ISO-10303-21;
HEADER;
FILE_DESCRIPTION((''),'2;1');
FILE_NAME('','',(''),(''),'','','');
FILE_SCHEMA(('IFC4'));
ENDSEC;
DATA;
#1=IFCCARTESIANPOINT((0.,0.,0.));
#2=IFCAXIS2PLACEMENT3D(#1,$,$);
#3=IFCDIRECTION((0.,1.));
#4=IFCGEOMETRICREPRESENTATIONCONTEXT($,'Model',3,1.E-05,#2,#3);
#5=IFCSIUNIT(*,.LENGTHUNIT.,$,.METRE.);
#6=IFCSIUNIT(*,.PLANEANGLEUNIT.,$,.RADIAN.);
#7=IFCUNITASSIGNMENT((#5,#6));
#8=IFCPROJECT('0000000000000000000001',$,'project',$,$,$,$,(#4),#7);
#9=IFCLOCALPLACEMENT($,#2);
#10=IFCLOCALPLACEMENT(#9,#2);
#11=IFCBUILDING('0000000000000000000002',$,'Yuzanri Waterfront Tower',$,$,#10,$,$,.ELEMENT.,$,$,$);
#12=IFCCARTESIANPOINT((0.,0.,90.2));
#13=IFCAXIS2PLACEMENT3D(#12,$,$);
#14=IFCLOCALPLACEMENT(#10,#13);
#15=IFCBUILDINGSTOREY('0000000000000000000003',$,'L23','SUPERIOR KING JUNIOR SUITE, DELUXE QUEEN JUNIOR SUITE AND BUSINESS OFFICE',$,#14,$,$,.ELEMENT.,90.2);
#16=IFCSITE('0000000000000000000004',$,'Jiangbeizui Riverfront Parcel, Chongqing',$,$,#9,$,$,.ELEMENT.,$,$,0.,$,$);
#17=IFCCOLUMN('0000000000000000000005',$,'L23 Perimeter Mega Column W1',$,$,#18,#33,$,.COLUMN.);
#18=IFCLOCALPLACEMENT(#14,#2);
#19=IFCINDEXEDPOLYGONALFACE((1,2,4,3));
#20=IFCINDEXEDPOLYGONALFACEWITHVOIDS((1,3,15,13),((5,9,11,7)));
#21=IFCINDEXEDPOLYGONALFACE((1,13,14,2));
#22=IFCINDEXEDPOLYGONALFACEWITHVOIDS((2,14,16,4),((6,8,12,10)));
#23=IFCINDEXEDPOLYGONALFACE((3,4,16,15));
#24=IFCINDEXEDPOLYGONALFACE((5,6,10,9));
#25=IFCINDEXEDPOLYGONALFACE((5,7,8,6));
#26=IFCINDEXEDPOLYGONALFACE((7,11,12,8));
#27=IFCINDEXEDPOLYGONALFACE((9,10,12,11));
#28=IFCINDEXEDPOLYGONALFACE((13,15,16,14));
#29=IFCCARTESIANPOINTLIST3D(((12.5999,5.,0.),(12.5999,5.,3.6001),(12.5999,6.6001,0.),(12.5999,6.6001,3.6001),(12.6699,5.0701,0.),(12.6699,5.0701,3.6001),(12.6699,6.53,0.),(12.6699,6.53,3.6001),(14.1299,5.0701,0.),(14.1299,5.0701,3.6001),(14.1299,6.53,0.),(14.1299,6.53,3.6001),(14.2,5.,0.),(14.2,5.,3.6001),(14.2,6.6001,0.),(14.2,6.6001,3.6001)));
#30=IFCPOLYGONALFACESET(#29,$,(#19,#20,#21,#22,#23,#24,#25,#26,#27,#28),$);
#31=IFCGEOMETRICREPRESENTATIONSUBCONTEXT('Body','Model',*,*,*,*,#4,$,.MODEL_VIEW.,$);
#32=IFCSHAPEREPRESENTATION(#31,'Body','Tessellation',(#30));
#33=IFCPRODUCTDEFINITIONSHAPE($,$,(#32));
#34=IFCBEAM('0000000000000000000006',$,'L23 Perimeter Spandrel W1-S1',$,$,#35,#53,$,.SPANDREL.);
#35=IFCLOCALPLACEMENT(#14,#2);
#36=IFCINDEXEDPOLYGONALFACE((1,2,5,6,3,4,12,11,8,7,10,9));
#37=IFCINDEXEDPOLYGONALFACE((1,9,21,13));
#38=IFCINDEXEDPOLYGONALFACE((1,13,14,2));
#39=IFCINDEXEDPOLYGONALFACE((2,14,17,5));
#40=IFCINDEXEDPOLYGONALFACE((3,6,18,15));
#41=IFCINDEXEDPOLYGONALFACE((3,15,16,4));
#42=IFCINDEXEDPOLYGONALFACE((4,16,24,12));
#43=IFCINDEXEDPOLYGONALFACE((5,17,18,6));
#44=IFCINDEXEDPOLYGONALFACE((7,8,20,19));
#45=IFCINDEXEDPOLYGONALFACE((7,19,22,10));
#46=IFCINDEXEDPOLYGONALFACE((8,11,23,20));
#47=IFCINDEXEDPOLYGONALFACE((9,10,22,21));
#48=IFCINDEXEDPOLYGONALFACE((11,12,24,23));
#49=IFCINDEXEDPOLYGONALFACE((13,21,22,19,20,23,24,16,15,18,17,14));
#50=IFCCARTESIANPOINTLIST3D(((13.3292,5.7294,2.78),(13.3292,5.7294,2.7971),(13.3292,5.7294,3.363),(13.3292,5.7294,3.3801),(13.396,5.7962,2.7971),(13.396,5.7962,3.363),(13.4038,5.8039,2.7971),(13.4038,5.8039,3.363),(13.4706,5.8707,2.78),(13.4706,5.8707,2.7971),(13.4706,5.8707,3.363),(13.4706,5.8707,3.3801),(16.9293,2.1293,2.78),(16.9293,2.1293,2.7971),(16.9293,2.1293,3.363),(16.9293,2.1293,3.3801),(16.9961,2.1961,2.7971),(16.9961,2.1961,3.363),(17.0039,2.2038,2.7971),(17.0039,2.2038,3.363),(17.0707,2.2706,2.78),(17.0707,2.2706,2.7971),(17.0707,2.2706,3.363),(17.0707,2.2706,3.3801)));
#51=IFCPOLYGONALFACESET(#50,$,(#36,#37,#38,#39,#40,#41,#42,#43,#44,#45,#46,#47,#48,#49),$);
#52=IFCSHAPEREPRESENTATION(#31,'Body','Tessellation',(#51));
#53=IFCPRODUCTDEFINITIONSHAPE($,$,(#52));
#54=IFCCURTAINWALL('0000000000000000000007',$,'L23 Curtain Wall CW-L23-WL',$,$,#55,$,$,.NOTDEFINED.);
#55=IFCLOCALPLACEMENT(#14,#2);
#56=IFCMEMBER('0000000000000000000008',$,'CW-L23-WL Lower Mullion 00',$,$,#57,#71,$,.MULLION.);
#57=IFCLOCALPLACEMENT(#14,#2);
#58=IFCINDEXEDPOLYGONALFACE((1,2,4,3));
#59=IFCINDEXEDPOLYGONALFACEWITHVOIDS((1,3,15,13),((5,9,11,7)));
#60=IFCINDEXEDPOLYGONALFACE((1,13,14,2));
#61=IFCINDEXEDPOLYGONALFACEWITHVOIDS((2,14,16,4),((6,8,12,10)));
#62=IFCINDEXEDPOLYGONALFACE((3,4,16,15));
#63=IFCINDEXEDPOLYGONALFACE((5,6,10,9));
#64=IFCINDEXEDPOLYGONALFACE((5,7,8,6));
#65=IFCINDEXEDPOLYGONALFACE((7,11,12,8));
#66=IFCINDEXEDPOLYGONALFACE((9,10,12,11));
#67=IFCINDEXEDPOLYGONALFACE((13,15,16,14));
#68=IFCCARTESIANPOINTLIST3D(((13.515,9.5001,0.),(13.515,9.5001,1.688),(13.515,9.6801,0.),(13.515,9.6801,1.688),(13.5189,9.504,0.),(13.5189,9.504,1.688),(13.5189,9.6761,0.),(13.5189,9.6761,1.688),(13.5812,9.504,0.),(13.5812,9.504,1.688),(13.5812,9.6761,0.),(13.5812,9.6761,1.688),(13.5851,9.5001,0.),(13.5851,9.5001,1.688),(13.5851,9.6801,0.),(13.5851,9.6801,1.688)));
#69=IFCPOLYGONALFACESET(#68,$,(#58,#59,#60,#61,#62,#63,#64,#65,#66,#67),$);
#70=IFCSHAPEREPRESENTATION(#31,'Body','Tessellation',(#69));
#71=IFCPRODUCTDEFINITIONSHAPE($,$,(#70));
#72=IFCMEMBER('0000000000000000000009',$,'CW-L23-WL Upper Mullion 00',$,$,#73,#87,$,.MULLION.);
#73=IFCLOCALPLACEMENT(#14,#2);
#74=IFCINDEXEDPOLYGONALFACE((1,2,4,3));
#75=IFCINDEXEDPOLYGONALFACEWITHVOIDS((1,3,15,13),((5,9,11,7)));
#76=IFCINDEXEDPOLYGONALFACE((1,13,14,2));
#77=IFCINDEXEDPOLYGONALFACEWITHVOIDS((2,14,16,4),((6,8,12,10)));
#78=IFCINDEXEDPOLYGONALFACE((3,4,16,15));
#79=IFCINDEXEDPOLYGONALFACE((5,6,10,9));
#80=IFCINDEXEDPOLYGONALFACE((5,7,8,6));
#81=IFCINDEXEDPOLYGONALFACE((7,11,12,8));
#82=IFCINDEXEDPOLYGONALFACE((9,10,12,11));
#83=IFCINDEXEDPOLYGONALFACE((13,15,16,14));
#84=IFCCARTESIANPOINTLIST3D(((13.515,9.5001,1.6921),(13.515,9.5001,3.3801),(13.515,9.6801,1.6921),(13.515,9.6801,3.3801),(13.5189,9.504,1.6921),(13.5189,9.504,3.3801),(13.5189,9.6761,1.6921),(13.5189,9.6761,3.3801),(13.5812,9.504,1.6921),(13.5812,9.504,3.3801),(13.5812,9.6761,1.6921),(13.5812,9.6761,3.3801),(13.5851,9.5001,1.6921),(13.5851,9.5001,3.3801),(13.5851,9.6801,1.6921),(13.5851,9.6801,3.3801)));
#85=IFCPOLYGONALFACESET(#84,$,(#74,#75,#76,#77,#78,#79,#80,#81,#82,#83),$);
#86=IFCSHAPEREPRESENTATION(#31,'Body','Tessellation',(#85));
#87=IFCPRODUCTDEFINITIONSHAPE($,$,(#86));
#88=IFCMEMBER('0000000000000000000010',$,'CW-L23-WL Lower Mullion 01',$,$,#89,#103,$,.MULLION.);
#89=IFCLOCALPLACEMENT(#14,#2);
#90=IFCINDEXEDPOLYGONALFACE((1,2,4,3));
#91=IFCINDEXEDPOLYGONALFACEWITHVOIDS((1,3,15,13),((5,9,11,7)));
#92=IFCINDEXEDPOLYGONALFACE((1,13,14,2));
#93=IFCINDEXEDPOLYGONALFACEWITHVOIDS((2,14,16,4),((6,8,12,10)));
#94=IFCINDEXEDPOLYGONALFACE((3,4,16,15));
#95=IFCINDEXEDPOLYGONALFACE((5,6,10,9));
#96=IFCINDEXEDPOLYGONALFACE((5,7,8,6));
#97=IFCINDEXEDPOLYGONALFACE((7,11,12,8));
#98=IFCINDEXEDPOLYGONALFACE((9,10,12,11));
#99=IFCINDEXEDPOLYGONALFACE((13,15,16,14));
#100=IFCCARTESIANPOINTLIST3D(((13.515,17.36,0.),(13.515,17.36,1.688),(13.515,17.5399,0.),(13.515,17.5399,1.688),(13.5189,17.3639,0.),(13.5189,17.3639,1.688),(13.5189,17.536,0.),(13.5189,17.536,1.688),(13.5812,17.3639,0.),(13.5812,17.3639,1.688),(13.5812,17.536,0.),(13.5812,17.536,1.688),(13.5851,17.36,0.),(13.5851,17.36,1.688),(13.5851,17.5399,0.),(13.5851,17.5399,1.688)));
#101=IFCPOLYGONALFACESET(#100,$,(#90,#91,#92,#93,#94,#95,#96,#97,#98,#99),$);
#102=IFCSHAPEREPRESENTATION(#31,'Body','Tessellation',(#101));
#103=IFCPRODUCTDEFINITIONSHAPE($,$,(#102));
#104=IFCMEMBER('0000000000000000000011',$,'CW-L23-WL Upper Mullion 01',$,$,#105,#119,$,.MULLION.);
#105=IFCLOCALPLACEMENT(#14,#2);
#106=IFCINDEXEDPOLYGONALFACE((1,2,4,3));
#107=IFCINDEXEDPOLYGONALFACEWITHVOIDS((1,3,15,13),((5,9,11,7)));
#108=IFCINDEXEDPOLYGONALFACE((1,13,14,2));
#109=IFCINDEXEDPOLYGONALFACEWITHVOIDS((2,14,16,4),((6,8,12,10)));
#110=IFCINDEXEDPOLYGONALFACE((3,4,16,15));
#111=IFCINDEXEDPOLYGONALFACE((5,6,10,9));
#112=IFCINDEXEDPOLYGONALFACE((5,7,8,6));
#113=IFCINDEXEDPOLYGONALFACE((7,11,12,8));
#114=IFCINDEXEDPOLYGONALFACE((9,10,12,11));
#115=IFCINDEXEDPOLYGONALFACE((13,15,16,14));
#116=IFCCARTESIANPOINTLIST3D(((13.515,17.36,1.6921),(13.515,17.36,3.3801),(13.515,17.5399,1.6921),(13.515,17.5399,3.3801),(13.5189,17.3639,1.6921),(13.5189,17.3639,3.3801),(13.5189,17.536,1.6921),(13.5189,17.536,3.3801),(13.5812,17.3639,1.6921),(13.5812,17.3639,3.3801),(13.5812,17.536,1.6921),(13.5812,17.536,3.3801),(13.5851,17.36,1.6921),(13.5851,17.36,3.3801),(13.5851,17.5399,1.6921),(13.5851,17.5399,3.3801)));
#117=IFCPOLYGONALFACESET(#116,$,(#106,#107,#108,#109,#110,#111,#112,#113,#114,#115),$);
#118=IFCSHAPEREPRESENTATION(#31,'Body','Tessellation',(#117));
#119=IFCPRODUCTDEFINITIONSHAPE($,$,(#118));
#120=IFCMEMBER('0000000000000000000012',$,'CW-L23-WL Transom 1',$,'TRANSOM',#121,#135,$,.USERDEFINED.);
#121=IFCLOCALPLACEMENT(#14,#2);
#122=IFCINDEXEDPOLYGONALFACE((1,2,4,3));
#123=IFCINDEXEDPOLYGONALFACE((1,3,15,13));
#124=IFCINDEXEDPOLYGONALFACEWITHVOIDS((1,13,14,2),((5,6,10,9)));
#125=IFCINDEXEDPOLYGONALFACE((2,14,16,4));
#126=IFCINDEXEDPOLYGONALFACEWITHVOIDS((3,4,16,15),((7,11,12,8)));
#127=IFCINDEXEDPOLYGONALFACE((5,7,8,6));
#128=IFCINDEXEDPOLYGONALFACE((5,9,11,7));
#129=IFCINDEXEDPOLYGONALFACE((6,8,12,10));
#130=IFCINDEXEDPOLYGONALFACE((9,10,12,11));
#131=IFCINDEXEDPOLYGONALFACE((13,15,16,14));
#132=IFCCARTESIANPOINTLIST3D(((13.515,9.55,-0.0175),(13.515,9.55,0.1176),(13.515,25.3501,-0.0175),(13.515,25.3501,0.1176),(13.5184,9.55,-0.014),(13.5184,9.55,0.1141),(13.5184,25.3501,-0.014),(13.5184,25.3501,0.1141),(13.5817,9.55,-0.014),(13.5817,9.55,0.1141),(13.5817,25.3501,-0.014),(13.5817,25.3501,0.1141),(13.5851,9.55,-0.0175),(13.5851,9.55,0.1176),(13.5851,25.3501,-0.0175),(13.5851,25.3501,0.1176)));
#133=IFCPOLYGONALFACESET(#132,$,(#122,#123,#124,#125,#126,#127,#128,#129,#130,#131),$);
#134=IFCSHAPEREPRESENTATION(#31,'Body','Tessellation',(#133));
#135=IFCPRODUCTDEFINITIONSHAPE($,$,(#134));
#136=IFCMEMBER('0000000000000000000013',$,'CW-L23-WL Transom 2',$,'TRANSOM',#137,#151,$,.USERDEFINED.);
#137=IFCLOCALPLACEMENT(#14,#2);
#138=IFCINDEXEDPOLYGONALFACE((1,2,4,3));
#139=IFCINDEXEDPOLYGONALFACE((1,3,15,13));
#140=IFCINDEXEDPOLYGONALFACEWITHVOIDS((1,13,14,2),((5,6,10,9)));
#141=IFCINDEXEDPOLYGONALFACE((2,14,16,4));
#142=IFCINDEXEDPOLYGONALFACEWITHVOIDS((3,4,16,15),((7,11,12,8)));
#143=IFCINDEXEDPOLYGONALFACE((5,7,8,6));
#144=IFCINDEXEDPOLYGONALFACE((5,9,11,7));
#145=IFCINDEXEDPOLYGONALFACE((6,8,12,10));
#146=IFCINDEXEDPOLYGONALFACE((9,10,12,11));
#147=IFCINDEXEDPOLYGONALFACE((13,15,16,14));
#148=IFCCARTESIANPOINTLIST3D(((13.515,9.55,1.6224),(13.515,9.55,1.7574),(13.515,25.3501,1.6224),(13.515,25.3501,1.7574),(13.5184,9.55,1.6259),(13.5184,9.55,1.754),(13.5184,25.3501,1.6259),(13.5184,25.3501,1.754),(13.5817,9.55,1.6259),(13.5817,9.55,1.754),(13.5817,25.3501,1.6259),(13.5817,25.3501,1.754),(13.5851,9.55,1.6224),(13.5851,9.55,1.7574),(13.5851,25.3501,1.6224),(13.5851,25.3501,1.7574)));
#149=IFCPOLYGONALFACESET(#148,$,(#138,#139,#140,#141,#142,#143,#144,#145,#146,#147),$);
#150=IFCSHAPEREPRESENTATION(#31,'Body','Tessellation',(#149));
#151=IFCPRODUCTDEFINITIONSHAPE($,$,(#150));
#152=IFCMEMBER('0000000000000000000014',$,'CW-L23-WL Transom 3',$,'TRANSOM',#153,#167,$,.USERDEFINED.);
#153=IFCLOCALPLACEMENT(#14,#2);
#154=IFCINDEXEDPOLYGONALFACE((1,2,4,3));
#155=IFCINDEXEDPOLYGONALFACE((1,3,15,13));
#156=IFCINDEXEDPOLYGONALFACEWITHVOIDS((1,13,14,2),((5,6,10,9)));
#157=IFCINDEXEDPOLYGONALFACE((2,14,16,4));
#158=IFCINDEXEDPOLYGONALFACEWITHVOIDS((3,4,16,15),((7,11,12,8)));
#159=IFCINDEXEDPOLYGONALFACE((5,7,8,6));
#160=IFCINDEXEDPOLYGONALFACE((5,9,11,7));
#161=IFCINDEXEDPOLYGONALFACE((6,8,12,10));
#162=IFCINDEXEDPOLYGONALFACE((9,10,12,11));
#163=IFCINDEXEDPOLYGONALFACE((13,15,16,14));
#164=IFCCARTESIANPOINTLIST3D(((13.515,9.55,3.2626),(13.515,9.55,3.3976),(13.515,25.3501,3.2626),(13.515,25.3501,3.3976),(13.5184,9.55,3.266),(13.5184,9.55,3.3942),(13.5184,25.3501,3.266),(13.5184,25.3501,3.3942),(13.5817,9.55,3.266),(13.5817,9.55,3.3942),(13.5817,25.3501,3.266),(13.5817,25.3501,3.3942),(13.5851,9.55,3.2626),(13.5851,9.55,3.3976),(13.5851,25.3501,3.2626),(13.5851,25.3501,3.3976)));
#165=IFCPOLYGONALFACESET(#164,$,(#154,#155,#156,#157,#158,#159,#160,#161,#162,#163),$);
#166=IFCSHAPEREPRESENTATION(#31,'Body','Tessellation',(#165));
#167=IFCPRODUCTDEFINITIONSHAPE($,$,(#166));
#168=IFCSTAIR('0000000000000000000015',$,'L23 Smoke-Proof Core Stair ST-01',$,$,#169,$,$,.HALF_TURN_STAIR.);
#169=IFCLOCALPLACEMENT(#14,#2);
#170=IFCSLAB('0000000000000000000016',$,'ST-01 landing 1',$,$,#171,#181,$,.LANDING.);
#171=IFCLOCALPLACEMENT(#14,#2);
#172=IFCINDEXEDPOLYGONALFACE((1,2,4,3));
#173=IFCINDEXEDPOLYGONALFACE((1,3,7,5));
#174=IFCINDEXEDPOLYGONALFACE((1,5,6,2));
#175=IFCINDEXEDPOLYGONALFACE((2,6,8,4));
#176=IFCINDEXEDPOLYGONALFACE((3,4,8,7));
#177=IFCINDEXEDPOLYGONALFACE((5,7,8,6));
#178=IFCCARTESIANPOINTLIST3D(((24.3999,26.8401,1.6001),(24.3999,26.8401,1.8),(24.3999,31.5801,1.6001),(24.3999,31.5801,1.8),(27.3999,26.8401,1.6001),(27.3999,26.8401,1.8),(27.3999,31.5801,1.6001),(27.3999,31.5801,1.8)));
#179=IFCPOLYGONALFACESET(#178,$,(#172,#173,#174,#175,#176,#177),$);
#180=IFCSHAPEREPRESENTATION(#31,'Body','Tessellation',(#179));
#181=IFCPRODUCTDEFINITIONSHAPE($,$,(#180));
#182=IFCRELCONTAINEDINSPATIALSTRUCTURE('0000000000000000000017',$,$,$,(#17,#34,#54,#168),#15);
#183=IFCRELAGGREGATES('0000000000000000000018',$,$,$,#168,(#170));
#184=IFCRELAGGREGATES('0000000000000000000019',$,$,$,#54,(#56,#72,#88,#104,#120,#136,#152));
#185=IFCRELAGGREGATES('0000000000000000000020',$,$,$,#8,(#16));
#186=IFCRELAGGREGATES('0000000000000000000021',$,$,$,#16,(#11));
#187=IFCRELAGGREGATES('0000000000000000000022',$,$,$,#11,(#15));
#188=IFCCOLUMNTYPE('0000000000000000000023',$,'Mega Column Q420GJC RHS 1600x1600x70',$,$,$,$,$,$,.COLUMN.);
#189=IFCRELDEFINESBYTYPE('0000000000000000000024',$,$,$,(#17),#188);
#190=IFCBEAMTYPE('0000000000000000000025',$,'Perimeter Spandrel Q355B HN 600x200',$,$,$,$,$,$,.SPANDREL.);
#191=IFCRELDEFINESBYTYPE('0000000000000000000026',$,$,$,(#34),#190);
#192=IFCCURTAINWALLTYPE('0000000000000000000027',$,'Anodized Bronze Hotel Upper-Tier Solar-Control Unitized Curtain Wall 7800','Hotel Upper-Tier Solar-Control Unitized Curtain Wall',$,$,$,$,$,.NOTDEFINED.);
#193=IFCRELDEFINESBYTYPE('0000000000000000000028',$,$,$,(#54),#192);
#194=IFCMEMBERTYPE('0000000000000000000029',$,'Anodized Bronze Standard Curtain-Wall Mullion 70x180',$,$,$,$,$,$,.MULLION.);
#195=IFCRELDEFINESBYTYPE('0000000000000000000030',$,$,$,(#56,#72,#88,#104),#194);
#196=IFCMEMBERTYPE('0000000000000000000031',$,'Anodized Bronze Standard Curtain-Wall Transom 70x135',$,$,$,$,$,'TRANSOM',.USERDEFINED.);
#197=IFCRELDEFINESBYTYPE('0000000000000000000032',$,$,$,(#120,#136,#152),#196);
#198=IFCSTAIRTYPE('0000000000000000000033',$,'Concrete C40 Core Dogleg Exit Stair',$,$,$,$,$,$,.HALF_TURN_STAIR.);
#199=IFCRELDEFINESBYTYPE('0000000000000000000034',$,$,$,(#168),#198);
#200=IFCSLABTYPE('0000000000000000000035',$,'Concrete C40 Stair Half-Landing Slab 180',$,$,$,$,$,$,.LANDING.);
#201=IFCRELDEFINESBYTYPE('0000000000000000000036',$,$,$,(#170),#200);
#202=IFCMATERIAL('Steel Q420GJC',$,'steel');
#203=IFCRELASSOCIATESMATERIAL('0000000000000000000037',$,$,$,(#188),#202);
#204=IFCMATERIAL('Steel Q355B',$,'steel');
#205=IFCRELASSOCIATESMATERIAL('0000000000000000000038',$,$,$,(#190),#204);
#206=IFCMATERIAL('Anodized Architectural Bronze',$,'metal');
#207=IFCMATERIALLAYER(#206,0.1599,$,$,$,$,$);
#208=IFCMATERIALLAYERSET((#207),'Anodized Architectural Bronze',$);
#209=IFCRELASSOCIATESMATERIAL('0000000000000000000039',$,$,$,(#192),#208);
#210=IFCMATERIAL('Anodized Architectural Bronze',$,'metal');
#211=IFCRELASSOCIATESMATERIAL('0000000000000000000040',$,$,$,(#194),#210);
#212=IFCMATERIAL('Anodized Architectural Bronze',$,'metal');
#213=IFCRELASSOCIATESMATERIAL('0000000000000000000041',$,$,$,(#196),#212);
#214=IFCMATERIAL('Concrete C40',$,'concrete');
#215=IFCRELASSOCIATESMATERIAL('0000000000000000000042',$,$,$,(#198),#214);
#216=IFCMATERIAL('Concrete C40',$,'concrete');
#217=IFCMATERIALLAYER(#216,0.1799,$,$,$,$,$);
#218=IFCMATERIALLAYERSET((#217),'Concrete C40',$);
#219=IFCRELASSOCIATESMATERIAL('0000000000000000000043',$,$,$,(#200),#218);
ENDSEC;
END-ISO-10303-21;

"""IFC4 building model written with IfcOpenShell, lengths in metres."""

from ifc_helpers import new_model, si_unit, direction, frame, origin, origin_2d, place, context, subcontext, project, spatial, polyline, hollow_rectangle, i_section, outline, extrude, source, transform, mapped, material, layer, layer_set, material_profile, profile_set, type_object, element, aggregate, save


model = new_model("IFC4")

# Units and contexts
model_context = context("Model", 3, precision=1e-05, world=origin(), true_north=direction((0.0, 1.0)))
body_context = subcontext(model_context, "Body", "Model", "MODEL_VIEW")
ifc_project = project(units=[si_unit("LENGTHUNIT", "METRE"), si_unit("PLANEANGLEUNIT", "RADIAN")], contexts=[model_context])

# Site, building, storey
site_placement = place(None, origin())
site = spatial("IfcSite", under=ifc_project, at=site_placement, Name="Jiangbeizui Riverfront Parcel, Chongqing", CompositionType="ELEMENT", RefElevation=0.0)
building_placement = place(site_placement, origin())
building = spatial("IfcBuilding", under=site, at=building_placement, Name="Yuzanri Waterfront Tower", CompositionType="ELEMENT")
storey_placement = place(building_placement, frame((0.0, 0.0, 90.2)))
storey = spatial("IfcBuildingStorey", under=building, at=storey_placement, Name="L23", Description="SUPERIOR KING JUNIOR SUITE, DELUXE QUEEN JUNIOR SUITE AND BUSINESS OFFICE", CompositionType="ELEMENT", Elevation=90.2)

# Column
ifc_material_1 = material(Name="Steel Q420GJC", Category="steel")
ifc_material_profile_1 = material_profile(ifc_material_1, hollow_rectangle(XDim=1.6001, YDim=1.6001, WallThickness=0.0701, at=origin_2d()), Name="RHS 1600x1600x70")
ifc_profile_set_1 = profile_set([ifc_material_profile_1], Name="Steel Q420GJC")
column_type = type_object("IfcColumnType", Name="Mega Column Q420GJC RHS 1600x1600x70", PredefinedType="COLUMN", material=ifc_profile_set_1)
shared_shape_1 = source(origin(), body_context, "Body", "SweptSolid", [
    extrude(hollow_rectangle(XDim=1.6001, YDim=1.6001, WallThickness=0.0701, at=origin_2d()), origin(), (0.0, 0.0, 1.0), 3.6001),
])
column_placement = place(storey_placement, frame((13.3999, 5.8, 0.0), z_axis=(0.0, 0.0, 1.0), x_axis=(1.0, 0.0, 0.0)))
element("IfcColumn", 1, at=column_placement, inside=storey, type_object=column_type, Name="L23 Perimeter Mega Column W1", PredefinedType="COLUMN", context=body_context, shape_type="MappedRepresentation", body=[
    mapped(shared_shape_1, transform((0.0, 0.0, 0.0), scale=1.0)),
])

# Beam
ifc_material_2 = material(Name="Steel Q355B", Category="steel")
ifc_material_profile_2 = material_profile(ifc_material_2, i_section(OverallWidth=0.2, OverallDepth=0.6001, WebThickness=0.011, FlangeThickness=0.0171, at=origin_2d()), Name="HN 600x200x11x17")
ifc_profile_set_2 = profile_set([ifc_material_profile_2], Name="Steel Q355B")
beam_type = type_object("IfcBeamType", Name="Perimeter Spandrel Q355B HN 600x200", PredefinedType="SPANDREL", material=ifc_profile_set_2)
shared_shape_2 = source(origin(), body_context, "Body", "SweptSolid", [
    extrude(i_section(OverallWidth=0.2, OverallDepth=0.6001, WebThickness=0.011, FlangeThickness=0.0171, at=origin_2d()), origin(), (0.0, 0.0, 1.0), 5.0913),
])
beam_placement = place(storey_placement, frame((13.3999, 5.8, 3.0801), z_axis=(0.707107, -0.707107, 0.0), x_axis=(0.707107, 0.707107, 0.0)))
element("IfcBeam", 2, at=beam_placement, inside=storey, type_object=beam_type, Name="L23 Perimeter Spandrel W1-S1", PredefinedType="SPANDREL", context=body_context, shape_type="MappedRepresentation", body=[
    mapped(shared_shape_2, transform((0.0, 0.0, 0.0), scale=1.0)),
])

# Curtain wall, members
ifc_material_3 = material(Name="Anodized Architectural Bronze", Category="metal")
ifc_layer_1 = layer(ifc_material_3, 0.1599)
ifc_layer_set_1 = layer_set([ifc_layer_1], Name="Anodized Architectural Bronze")
curtain_wall_type = type_object("IfcCurtainWallType", Name="Anodized Bronze Hotel Upper-Tier Solar-Control Unitized Curtain Wall 7800", Description="Hotel Upper-Tier Solar-Control Unitized Curtain Wall", PredefinedType="NOTDEFINED", material=ifc_layer_set_1)
curtain_wall_placement = place(storey_placement, origin())
curtain_wall = element("IfcCurtainWall", 3, at=curtain_wall_placement, inside=storey, type_object=curtain_wall_type, Name="L23 Curtain Wall CW-L23-WL", PredefinedType="NOTDEFINED")
ifc_material_4 = material(Name="Anodized Architectural Bronze", Category="metal")
ifc_material_profile_3 = material_profile(ifc_material_4, hollow_rectangle(XDim=0.0701, YDim=0.1799, WallThickness=0.0039, at=origin_2d()), Name="CWM 70x180")
ifc_profile_set_3 = profile_set([ifc_material_profile_3], Name="Anodized Architectural Bronze")
member_type_1 = type_object("IfcMemberType", Name="Anodized Bronze Standard Curtain-Wall Mullion 70x180", PredefinedType="MULLION", material=ifc_profile_set_3)
shared_shape_3 = source(origin(), body_context, "Body", "SweptSolid", [
    extrude(hollow_rectangle(XDim=0.0701, YDim=0.1799, WallThickness=0.0039, at=origin_2d()), origin(), (0.0, 0.0, 1.0), 1.688),
])
member_1_placement = place(storey_placement, frame((13.55, 9.5901, 0.0), z_axis=(0.0, 0.0, 1.0), x_axis=(1.0, 0.0, 0.0)))
member_1 = element("IfcMember", 4, at=member_1_placement, type_object=member_type_1, Name="CW-L23-WL Lower Mullion 00", PredefinedType="MULLION", context=body_context, shape_type="MappedRepresentation", body=[
    mapped(shared_shape_3, transform((0.0, 0.0, 0.0), scale=1.0)),
])
member_2_placement = place(storey_placement, frame((13.55, 9.5901, 1.6921), z_axis=(0.0, 0.0, 1.0), x_axis=(1.0, 0.0, 0.0)))
member_2 = element("IfcMember", 5, at=member_2_placement, type_object=member_type_1, Name="CW-L23-WL Upper Mullion 00", PredefinedType="MULLION", context=body_context, shape_type="MappedRepresentation", body=[
    mapped(shared_shape_3, transform((0.0, 0.0, 0.0), scale=1.0)),
])
member_3_placement = place(storey_placement, frame((13.55, 17.45, 0.0), z_axis=(0.0, 0.0, 1.0), x_axis=(1.0, 0.0, 0.0)))
member_3 = element("IfcMember", 6, at=member_3_placement, type_object=member_type_1, Name="CW-L23-WL Lower Mullion 01", PredefinedType="MULLION", context=body_context, shape_type="MappedRepresentation", body=[
    mapped(shared_shape_3, transform((0.0, 0.0, 0.0), scale=1.0)),
])
member_4_placement = place(storey_placement, frame((13.55, 17.45, 1.6921), z_axis=(0.0, 0.0, 1.0), x_axis=(1.0, 0.0, 0.0)))
member_4 = element("IfcMember", 7, at=member_4_placement, type_object=member_type_1, Name="CW-L23-WL Upper Mullion 01", PredefinedType="MULLION", context=body_context, shape_type="MappedRepresentation", body=[
    mapped(shared_shape_3, transform((0.0, 0.0, 0.0), scale=1.0)),
])
ifc_material_5 = material(Name="Anodized Architectural Bronze", Category="metal")
ifc_material_profile_4 = material_profile(ifc_material_5, hollow_rectangle(XDim=0.0701, YDim=0.135, WallThickness=0.0034, at=origin_2d()), Name="CWT 70x135")
ifc_profile_set_4 = profile_set([ifc_material_profile_4], Name="Anodized Architectural Bronze")
member_type_2 = type_object("IfcMemberType", Name="Anodized Bronze Standard Curtain-Wall Transom 70x135", ElementType="TRANSOM", PredefinedType="USERDEFINED", material=ifc_profile_set_4)
shared_shape_4 = source(origin(), body_context, "Body", "SweptSolid", [
    extrude(hollow_rectangle(XDim=0.0701, YDim=0.135, WallThickness=0.0034, at=origin_2d()), origin(), (0.0, 0.0, 1.0), 15.8),
])
member_5_placement = place(storey_placement, frame((13.55, 9.55, 0.05), z_axis=(0.0, 1.0, 0.0), x_axis=(-1.0, 0.0, 0.0)))
member_5 = element("IfcMember", 8, at=member_5_placement, type_object=member_type_2, Name="CW-L23-WL Transom 1", ObjectType="TRANSOM", PredefinedType="USERDEFINED", context=body_context, shape_type="MappedRepresentation", body=[
    mapped(shared_shape_4, transform((0.0, 0.0, 0.0), scale=1.0)),
])
member_6_placement = place(storey_placement, frame((13.55, 9.55, 1.6899), z_axis=(0.0, 1.0, 0.0), x_axis=(-1.0, 0.0, 0.0)))
member_6 = element("IfcMember", 9, at=member_6_placement, type_object=member_type_2, Name="CW-L23-WL Transom 2", ObjectType="TRANSOM", PredefinedType="USERDEFINED", context=body_context, shape_type="MappedRepresentation", body=[
    mapped(shared_shape_4, transform((0.0, 0.0, 0.0), scale=1.0)),
])
member_7_placement = place(storey_placement, frame((13.55, 9.55, 3.3301), z_axis=(0.0, 1.0, 0.0), x_axis=(-1.0, 0.0, 0.0)))
member_7 = element("IfcMember", 10, at=member_7_placement, type_object=member_type_2, Name="CW-L23-WL Transom 3", ObjectType="TRANSOM", PredefinedType="USERDEFINED", context=body_context, shape_type="MappedRepresentation", body=[
    mapped(shared_shape_4, transform((0.0, 0.0, 0.0), scale=1.0)),
])

# Stair, slab
ifc_material_6 = material(Name="Concrete C40", Category="concrete")
stair_type = type_object("IfcStairType", Name="Concrete C40 Core Dogleg Exit Stair", PredefinedType="HALF_TURN_STAIR", material=ifc_material_6)
stair_1_placement = place(storey_placement, origin())
stair_1 = element("IfcStair", 11, at=stair_1_placement, inside=storey, type_object=stair_type, Name="L23 Smoke-Proof Core Stair ST-01", PredefinedType="HALF_TURN_STAIR")
ifc_material_7 = material(Name="Concrete C40", Category="concrete")
ifc_layer_2 = layer(ifc_material_7, 0.1799)
ifc_layer_set_2 = layer_set([ifc_layer_2], Name="Concrete C40")
slab_type_1 = type_object("IfcSlabType", Name="Concrete C40 Stair Half-Landing Slab 180", PredefinedType="LANDING", material=ifc_layer_set_2)
slab_1_placement = place(storey_placement, frame((0.0, 0.0, 1.6001)))
slab_1 = element("IfcSlab", 12, at=slab_1_placement, type_object=slab_type_1, Name="ST-01 landing 1", PredefinedType="LANDING", context=body_context, shape_type="SweptSolid", body=[
    extrude(outline(polyline([(27.3999, 26.8401), (27.3999, 31.5801), (24.3999, 31.5801), (24.3999, 26.8401), (27.3999, 26.8401)])), origin(), (0.0, 0.0, 1.0), 0.2),
])
aggregate(stair_1, [slab_1])

aggregate(curtain_wall, [member_1, member_2, member_3, member_4, member_5, member_6, member_7])

save(model, "model.ifc")
